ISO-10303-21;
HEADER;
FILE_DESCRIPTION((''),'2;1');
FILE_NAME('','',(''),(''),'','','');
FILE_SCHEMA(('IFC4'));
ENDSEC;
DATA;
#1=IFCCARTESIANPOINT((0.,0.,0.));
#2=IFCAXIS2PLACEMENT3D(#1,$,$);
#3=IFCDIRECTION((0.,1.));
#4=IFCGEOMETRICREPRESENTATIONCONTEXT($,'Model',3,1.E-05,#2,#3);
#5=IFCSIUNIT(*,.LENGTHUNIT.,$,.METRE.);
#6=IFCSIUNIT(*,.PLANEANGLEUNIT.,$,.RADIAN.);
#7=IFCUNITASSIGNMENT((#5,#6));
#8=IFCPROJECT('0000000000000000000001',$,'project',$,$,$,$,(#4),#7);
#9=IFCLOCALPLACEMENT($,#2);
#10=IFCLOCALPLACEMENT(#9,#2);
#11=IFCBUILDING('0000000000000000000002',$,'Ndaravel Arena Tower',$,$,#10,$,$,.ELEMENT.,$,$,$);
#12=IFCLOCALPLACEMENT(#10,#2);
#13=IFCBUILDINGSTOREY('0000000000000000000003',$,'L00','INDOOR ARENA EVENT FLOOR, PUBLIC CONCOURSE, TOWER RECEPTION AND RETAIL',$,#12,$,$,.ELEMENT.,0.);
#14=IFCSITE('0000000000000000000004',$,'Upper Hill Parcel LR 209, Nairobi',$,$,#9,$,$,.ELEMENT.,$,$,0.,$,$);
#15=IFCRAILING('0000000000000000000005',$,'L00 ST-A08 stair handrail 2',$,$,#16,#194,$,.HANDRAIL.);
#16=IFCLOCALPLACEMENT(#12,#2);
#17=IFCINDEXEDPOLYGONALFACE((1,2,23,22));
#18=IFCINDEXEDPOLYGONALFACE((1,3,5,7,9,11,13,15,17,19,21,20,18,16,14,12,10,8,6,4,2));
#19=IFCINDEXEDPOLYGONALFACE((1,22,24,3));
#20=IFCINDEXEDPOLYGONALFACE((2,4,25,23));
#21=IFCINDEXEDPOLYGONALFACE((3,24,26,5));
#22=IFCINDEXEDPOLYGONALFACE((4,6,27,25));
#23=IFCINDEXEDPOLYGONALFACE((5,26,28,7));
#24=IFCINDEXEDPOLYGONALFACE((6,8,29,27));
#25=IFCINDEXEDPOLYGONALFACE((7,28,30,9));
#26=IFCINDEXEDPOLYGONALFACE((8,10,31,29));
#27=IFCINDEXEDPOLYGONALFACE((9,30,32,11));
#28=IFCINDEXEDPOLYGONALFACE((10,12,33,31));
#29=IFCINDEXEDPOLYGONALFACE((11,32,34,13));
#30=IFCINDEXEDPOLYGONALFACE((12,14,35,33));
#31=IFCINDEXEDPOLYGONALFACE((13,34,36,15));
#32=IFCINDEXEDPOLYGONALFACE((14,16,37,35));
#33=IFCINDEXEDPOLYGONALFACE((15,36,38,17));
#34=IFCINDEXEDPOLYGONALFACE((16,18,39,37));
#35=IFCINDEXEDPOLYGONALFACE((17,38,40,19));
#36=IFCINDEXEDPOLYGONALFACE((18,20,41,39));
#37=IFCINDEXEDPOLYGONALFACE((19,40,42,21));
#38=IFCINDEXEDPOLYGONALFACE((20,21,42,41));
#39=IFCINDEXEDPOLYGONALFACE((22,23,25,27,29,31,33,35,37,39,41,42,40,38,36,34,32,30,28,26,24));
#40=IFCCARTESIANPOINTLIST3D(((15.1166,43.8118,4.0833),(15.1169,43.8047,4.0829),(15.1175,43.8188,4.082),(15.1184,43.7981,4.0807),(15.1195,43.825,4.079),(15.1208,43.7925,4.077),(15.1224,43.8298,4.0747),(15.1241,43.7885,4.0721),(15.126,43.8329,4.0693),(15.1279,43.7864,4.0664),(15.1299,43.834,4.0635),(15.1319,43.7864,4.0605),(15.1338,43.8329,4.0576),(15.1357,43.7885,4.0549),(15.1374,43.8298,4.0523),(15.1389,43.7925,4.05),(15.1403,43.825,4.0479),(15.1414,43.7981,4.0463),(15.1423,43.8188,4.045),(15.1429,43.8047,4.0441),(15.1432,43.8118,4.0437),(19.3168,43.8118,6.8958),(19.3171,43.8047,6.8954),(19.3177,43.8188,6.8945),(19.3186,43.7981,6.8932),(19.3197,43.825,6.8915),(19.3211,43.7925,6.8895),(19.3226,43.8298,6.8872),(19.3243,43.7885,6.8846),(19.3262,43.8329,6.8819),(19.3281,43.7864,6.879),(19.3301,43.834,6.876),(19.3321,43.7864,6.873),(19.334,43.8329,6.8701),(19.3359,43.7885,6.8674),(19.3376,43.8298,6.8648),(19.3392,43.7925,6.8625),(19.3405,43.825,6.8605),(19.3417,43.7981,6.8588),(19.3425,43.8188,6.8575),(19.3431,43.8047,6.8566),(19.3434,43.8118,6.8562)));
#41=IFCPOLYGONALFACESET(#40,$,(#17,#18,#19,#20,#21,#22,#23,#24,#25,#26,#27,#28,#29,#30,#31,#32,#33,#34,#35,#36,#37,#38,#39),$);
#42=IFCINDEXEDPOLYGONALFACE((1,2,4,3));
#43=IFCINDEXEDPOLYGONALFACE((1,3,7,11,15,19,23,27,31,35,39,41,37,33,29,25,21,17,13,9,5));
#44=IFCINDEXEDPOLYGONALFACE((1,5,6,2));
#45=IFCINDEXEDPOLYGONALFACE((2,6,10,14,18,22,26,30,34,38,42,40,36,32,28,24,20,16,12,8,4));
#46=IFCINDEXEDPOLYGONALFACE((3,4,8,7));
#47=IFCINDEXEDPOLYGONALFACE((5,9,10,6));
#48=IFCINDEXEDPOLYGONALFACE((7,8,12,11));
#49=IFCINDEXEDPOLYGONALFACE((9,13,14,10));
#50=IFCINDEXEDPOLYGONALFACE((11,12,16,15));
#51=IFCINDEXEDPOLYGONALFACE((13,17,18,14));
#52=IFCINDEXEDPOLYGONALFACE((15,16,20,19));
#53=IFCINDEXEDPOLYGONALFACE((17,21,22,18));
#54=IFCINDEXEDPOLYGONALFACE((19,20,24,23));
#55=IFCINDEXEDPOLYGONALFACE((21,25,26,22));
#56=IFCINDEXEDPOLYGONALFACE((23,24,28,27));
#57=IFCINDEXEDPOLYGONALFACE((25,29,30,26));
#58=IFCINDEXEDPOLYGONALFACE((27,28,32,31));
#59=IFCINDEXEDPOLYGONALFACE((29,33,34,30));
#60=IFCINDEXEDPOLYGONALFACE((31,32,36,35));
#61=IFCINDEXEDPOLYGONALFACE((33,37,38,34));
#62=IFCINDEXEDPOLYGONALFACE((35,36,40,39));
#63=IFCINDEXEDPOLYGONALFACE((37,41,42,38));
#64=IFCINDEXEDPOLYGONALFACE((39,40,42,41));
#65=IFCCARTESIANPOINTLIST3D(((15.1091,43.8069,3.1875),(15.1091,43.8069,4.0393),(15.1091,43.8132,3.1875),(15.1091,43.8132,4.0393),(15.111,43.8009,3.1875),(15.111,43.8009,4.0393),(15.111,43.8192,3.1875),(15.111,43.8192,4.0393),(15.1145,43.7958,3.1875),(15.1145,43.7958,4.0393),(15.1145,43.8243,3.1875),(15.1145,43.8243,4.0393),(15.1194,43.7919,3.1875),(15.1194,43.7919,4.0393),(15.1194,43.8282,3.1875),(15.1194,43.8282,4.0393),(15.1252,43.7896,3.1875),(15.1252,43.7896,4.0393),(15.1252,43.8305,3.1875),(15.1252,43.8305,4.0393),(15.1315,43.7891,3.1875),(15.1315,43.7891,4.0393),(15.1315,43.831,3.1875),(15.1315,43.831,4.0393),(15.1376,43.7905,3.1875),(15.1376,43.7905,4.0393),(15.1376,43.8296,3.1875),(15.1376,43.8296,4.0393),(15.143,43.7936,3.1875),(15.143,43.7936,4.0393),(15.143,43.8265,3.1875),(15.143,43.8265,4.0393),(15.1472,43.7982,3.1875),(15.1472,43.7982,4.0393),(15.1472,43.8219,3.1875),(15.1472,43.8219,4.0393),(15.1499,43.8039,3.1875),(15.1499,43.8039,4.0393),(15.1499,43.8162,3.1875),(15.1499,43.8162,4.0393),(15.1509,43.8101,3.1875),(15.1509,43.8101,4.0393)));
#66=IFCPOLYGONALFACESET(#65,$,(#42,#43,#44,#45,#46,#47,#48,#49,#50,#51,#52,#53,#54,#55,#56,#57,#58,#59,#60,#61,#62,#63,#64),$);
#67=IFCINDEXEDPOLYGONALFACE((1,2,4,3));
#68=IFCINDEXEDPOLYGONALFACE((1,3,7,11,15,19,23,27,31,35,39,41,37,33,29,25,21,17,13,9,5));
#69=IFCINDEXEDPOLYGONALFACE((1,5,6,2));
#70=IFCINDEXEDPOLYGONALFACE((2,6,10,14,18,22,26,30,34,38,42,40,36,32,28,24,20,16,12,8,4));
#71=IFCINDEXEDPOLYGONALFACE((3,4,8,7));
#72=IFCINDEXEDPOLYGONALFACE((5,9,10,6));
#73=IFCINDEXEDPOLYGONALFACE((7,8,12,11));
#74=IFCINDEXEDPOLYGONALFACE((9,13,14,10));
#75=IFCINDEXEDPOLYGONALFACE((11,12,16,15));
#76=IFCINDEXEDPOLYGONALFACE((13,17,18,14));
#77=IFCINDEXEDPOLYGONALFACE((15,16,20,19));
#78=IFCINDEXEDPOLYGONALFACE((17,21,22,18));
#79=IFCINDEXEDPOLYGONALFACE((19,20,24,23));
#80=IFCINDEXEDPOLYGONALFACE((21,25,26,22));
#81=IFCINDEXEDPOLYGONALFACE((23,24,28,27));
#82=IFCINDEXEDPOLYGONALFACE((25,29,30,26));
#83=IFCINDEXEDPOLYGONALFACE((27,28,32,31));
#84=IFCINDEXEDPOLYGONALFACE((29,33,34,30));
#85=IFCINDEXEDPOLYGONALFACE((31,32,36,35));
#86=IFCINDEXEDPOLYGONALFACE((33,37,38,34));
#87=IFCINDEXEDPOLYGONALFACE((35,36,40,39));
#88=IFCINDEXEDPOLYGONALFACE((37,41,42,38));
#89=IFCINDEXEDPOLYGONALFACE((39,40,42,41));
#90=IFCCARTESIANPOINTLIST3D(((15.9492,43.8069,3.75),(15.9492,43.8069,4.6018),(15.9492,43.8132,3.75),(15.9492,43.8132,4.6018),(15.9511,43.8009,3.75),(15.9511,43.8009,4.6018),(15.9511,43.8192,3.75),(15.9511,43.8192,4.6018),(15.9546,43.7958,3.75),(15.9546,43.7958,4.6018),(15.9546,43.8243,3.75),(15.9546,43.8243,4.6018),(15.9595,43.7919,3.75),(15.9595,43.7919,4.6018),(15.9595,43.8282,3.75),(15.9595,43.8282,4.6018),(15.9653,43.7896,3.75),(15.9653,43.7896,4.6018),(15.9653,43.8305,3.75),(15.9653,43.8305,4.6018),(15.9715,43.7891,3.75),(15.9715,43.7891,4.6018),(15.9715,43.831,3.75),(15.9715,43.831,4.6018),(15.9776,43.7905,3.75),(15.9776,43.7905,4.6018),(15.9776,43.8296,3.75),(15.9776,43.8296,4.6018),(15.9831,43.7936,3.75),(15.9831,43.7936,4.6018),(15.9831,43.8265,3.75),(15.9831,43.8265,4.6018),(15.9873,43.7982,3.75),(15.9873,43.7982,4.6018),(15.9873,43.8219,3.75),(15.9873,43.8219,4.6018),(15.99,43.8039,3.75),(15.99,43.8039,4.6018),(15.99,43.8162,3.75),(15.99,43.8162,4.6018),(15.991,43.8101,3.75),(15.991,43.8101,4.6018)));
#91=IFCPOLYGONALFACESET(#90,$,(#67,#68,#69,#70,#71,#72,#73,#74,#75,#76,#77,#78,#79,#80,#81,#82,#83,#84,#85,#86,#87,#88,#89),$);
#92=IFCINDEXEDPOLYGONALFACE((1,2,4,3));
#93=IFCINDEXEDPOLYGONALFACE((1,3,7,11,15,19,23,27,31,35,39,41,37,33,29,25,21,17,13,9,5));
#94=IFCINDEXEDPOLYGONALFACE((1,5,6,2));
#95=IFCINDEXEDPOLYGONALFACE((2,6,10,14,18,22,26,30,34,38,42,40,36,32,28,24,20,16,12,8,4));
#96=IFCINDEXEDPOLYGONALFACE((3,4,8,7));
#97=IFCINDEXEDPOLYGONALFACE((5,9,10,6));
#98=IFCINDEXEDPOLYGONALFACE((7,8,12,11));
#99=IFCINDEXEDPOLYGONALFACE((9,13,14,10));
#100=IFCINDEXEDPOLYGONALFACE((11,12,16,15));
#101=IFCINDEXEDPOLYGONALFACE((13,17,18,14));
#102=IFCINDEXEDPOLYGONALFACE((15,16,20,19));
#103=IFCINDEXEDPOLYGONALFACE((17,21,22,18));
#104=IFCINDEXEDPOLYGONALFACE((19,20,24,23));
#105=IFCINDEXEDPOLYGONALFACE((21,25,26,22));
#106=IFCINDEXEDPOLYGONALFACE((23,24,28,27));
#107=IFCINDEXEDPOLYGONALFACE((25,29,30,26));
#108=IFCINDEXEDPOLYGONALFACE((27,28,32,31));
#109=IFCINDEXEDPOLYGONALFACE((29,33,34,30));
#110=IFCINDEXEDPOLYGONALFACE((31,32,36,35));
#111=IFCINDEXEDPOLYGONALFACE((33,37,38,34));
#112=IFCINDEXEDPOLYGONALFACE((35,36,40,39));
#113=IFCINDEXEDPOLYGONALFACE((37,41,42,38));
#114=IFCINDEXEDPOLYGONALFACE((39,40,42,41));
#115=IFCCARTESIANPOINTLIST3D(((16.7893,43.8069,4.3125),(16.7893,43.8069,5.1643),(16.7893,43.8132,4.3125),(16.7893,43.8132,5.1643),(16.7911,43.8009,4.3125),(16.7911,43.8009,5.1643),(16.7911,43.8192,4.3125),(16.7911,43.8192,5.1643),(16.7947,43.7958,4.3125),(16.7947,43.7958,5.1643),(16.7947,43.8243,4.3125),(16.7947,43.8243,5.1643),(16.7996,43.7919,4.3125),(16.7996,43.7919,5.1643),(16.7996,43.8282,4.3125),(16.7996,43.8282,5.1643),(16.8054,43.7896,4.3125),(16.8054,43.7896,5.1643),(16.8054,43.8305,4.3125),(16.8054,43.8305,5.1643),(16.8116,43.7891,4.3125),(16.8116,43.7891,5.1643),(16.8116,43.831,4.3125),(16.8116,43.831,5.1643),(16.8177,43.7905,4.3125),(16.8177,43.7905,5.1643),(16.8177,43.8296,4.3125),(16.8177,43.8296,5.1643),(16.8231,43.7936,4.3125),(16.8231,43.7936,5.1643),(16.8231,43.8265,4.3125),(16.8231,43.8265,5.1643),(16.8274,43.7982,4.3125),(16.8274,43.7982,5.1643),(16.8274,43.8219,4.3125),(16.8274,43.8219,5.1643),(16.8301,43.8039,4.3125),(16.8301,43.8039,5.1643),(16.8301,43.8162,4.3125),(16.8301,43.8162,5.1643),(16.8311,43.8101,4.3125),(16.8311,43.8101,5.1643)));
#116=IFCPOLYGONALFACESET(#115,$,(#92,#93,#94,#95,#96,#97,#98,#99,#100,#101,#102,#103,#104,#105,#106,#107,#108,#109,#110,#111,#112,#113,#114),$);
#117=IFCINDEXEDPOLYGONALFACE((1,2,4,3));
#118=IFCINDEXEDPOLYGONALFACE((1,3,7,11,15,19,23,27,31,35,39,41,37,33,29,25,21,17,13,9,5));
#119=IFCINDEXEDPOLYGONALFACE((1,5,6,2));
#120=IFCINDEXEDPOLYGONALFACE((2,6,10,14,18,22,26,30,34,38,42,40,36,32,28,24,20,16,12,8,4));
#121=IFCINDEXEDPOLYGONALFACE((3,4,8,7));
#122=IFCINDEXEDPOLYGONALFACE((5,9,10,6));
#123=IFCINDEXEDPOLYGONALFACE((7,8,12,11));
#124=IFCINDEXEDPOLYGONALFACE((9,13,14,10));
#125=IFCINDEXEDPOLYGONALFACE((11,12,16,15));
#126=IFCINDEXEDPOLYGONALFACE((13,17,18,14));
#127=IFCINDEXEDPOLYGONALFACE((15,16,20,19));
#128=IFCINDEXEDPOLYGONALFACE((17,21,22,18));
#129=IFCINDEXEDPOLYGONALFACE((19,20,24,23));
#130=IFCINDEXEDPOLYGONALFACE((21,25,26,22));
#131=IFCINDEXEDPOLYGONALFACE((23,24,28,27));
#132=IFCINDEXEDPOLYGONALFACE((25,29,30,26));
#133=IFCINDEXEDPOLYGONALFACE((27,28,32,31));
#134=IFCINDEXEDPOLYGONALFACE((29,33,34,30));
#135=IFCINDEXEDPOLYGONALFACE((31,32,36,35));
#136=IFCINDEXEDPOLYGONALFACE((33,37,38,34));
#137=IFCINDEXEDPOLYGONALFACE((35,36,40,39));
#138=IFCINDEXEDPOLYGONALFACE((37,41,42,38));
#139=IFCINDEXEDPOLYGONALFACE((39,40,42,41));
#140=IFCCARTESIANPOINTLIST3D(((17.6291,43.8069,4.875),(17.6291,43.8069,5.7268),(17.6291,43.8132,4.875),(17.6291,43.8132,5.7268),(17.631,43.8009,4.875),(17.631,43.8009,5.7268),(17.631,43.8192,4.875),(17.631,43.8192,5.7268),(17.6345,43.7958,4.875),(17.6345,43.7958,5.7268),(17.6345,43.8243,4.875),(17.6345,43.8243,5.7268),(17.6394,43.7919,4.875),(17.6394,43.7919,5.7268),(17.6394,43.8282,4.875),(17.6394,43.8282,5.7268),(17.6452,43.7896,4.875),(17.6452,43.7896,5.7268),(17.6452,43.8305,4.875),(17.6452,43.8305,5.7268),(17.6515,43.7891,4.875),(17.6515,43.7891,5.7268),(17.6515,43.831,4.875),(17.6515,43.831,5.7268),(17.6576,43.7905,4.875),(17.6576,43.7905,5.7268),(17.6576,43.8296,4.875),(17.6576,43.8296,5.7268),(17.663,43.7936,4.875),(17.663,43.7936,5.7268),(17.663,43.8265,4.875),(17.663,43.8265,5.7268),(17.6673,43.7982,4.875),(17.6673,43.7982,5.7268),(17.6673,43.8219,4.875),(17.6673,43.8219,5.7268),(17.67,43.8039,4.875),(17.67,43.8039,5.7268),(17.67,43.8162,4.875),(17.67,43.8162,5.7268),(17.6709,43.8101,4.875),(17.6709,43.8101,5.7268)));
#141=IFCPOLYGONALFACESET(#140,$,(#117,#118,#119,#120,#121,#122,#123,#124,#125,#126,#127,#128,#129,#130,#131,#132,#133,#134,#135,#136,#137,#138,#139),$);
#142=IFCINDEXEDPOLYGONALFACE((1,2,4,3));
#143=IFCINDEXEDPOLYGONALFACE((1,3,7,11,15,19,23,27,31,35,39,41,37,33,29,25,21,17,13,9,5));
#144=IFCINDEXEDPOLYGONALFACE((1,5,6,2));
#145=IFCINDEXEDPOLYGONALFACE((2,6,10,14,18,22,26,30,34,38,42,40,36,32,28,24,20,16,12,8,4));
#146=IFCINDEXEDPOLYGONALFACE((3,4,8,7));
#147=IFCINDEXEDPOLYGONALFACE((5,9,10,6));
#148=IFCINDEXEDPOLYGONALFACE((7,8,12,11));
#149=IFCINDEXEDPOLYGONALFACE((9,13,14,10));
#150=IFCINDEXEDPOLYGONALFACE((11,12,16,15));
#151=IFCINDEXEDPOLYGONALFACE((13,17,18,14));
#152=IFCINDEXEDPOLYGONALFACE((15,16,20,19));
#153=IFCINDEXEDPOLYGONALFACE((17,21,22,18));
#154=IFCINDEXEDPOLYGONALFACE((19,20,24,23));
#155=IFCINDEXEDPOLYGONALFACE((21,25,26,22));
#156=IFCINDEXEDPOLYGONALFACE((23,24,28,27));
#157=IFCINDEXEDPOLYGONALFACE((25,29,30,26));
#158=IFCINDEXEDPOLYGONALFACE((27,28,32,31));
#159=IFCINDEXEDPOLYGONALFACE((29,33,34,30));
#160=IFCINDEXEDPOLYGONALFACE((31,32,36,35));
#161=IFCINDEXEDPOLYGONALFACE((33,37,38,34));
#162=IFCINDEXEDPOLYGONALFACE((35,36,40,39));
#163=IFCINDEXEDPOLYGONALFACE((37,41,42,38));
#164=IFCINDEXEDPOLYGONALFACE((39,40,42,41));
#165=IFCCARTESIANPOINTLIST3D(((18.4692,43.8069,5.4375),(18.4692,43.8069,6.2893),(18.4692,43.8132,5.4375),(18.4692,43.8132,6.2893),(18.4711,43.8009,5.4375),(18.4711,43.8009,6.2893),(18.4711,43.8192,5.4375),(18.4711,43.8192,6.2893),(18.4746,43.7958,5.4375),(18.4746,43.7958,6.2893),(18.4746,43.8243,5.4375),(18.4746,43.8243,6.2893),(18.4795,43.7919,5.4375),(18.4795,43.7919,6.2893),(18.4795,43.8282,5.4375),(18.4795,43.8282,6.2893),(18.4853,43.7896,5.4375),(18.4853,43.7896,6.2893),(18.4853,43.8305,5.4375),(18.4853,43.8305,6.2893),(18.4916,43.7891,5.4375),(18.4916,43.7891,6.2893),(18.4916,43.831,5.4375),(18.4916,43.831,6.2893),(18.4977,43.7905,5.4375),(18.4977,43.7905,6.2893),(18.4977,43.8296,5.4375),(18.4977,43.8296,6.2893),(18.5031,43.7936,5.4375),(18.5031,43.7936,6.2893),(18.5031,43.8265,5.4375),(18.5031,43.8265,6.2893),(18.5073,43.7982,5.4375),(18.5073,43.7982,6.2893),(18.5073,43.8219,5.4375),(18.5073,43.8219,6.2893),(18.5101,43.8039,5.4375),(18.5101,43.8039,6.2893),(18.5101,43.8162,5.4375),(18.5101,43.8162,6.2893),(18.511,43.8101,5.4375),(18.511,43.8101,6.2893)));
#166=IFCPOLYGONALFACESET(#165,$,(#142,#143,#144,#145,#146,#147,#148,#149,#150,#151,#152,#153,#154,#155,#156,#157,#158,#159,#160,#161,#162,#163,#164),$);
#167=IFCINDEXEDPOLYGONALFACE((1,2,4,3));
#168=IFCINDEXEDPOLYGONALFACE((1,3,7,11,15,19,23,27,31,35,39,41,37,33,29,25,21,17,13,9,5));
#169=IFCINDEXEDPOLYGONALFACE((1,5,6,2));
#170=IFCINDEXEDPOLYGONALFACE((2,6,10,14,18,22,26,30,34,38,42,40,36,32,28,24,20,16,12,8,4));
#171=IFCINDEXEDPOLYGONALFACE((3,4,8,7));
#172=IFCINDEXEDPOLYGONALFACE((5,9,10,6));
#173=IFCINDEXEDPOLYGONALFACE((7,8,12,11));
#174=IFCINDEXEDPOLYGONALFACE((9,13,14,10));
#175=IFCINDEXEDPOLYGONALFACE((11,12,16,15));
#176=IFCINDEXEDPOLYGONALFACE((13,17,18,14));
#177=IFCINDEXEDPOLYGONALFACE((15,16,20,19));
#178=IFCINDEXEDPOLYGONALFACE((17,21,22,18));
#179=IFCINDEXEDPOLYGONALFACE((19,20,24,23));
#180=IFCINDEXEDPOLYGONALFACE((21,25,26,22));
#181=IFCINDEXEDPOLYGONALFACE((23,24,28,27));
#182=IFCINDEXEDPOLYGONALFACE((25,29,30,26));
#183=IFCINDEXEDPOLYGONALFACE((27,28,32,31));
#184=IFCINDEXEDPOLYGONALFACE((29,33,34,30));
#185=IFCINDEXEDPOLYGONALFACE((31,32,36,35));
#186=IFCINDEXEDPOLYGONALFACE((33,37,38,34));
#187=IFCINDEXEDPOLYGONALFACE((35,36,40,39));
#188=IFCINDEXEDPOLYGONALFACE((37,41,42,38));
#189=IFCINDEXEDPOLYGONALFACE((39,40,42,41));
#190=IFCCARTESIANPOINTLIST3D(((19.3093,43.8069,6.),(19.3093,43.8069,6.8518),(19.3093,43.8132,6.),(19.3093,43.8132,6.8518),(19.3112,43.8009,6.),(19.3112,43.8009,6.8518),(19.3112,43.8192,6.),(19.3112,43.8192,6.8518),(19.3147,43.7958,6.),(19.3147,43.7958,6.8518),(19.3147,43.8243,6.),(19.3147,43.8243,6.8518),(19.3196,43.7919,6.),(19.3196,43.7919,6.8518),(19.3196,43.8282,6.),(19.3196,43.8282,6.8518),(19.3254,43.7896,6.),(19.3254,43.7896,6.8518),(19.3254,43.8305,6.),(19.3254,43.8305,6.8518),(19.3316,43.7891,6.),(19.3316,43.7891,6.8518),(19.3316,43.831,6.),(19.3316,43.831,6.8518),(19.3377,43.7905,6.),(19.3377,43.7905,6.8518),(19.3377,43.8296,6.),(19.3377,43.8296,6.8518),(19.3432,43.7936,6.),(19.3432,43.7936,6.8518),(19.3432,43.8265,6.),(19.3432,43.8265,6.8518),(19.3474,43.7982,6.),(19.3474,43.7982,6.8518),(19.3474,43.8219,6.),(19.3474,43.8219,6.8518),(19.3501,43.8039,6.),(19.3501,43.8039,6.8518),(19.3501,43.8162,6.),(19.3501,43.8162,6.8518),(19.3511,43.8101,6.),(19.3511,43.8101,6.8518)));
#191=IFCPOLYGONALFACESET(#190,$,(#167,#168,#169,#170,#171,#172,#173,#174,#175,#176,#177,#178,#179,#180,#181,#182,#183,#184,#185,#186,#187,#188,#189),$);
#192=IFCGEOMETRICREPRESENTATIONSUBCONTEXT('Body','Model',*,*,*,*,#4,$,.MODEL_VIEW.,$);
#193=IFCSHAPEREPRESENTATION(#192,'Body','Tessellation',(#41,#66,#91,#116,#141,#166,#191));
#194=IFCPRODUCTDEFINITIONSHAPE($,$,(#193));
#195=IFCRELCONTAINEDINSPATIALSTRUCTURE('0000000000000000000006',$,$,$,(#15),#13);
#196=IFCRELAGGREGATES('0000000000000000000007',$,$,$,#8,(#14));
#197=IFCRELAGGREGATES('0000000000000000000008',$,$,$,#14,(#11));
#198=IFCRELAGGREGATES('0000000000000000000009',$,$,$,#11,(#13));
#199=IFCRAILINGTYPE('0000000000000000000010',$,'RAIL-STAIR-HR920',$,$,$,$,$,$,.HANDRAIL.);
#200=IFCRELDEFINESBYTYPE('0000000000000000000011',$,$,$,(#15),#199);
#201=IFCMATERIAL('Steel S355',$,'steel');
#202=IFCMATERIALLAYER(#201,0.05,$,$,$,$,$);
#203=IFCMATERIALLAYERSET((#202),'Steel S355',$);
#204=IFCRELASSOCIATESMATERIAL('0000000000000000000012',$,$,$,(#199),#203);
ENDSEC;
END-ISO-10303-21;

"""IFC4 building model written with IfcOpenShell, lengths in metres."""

from ifc_helpers import new_model, si_unit, direction, frame, origin, origin_2d, place, context, subcontext, project, spatial, circle, extrude, material, layer, layer_set, type_object, element, save


model = new_model("IFC4")

# Units and contexts
model_context = context("Model", 3, precision=1e-05, world=origin(), true_north=direction((0.0, 1.0)))
body_context = subcontext(model_context, "Body", "Model", "MODEL_VIEW")
ifc_project = project(units=[si_unit("LENGTHUNIT", "METRE"), si_unit("PLANEANGLEUNIT", "RADIAN")], contexts=[model_context])

# Site, building, storey
site_placement = place(None, origin())
site = spatial("IfcSite", under=ifc_project, at=site_placement, Name="Upper Hill Parcel LR 209, Nairobi", CompositionType="ELEMENT", RefElevation=0.0)
building_placement = place(site_placement, origin())
building = spatial("IfcBuilding", under=site, at=building_placement, Name="Ndaravel Arena Tower", CompositionType="ELEMENT")
storey_placement = place(building_placement, origin())
storey = spatial("IfcBuildingStorey", under=building, at=storey_placement, Name="L00", Description="INDOOR ARENA EVENT FLOOR, PUBLIC CONCOURSE, TOWER RECEPTION AND RETAIL", CompositionType="ELEMENT", Elevation=0.0)

# Railing
ifc_material_1 = material(Name="Steel S355", Category="steel")
ifc_layer_1 = layer(ifc_material_1, 0.05)
ifc_layer_set_1 = layer_set([ifc_layer_1], Name="Steel S355")
railing_type_1 = type_object("IfcRailingType", Name="RAIL-STAIR-HR920", PredefinedType="HANDRAIL", material=ifc_layer_set_1)
railing_1_placement = place(storey_placement, frame((15.1299, 43.8101, 3.1875)))
element("IfcRailing", 1, at=railing_1_placement, inside=storey, type_object=railing_type_1, Name="L00 ST-A08 stair handrail 2", PredefinedType="HANDRAIL", context=body_context, shape_type="SweptSolid", body=[
    extrude(circle(Radius=0.0239, at=origin_2d()), frame((0.0, 0.0, 0.876), z_axis=(0.830919, 0.0, 0.556393), x_axis=(0.0, 1.0, 0.0)), (0.0, 0.0, 1.0), 5.0549),
    extrude(circle(Radius=0.021, at=origin_2d()), origin(), (0.0, 0.0, 1.0), 0.8518),
    extrude(circle(Radius=0.021, at=origin_2d()), frame((0.8401, 0.0, 0.5625)), (0.0, 0.0, 1.0), 0.8518),
    extrude(circle(Radius=0.021, at=origin_2d()), frame((1.6802, 0.0, 1.125)), (0.0, 0.0, 1.0), 0.8518),
    extrude(circle(Radius=0.021, at=origin_2d()), frame((2.52, 0.0, 1.6875)), (0.0, 0.0, 1.0), 0.8518),
    extrude(circle(Radius=0.021, at=origin_2d()), frame((3.3601, 0.0, 2.25)), (0.0, 0.0, 1.0), 0.8518),
    extrude(circle(Radius=0.021, at=origin_2d()), frame((4.2002, 0.0, 2.8125)), (0.0, 0.0, 1.0), 0.8518),
])

save(model, "model.ifc")
